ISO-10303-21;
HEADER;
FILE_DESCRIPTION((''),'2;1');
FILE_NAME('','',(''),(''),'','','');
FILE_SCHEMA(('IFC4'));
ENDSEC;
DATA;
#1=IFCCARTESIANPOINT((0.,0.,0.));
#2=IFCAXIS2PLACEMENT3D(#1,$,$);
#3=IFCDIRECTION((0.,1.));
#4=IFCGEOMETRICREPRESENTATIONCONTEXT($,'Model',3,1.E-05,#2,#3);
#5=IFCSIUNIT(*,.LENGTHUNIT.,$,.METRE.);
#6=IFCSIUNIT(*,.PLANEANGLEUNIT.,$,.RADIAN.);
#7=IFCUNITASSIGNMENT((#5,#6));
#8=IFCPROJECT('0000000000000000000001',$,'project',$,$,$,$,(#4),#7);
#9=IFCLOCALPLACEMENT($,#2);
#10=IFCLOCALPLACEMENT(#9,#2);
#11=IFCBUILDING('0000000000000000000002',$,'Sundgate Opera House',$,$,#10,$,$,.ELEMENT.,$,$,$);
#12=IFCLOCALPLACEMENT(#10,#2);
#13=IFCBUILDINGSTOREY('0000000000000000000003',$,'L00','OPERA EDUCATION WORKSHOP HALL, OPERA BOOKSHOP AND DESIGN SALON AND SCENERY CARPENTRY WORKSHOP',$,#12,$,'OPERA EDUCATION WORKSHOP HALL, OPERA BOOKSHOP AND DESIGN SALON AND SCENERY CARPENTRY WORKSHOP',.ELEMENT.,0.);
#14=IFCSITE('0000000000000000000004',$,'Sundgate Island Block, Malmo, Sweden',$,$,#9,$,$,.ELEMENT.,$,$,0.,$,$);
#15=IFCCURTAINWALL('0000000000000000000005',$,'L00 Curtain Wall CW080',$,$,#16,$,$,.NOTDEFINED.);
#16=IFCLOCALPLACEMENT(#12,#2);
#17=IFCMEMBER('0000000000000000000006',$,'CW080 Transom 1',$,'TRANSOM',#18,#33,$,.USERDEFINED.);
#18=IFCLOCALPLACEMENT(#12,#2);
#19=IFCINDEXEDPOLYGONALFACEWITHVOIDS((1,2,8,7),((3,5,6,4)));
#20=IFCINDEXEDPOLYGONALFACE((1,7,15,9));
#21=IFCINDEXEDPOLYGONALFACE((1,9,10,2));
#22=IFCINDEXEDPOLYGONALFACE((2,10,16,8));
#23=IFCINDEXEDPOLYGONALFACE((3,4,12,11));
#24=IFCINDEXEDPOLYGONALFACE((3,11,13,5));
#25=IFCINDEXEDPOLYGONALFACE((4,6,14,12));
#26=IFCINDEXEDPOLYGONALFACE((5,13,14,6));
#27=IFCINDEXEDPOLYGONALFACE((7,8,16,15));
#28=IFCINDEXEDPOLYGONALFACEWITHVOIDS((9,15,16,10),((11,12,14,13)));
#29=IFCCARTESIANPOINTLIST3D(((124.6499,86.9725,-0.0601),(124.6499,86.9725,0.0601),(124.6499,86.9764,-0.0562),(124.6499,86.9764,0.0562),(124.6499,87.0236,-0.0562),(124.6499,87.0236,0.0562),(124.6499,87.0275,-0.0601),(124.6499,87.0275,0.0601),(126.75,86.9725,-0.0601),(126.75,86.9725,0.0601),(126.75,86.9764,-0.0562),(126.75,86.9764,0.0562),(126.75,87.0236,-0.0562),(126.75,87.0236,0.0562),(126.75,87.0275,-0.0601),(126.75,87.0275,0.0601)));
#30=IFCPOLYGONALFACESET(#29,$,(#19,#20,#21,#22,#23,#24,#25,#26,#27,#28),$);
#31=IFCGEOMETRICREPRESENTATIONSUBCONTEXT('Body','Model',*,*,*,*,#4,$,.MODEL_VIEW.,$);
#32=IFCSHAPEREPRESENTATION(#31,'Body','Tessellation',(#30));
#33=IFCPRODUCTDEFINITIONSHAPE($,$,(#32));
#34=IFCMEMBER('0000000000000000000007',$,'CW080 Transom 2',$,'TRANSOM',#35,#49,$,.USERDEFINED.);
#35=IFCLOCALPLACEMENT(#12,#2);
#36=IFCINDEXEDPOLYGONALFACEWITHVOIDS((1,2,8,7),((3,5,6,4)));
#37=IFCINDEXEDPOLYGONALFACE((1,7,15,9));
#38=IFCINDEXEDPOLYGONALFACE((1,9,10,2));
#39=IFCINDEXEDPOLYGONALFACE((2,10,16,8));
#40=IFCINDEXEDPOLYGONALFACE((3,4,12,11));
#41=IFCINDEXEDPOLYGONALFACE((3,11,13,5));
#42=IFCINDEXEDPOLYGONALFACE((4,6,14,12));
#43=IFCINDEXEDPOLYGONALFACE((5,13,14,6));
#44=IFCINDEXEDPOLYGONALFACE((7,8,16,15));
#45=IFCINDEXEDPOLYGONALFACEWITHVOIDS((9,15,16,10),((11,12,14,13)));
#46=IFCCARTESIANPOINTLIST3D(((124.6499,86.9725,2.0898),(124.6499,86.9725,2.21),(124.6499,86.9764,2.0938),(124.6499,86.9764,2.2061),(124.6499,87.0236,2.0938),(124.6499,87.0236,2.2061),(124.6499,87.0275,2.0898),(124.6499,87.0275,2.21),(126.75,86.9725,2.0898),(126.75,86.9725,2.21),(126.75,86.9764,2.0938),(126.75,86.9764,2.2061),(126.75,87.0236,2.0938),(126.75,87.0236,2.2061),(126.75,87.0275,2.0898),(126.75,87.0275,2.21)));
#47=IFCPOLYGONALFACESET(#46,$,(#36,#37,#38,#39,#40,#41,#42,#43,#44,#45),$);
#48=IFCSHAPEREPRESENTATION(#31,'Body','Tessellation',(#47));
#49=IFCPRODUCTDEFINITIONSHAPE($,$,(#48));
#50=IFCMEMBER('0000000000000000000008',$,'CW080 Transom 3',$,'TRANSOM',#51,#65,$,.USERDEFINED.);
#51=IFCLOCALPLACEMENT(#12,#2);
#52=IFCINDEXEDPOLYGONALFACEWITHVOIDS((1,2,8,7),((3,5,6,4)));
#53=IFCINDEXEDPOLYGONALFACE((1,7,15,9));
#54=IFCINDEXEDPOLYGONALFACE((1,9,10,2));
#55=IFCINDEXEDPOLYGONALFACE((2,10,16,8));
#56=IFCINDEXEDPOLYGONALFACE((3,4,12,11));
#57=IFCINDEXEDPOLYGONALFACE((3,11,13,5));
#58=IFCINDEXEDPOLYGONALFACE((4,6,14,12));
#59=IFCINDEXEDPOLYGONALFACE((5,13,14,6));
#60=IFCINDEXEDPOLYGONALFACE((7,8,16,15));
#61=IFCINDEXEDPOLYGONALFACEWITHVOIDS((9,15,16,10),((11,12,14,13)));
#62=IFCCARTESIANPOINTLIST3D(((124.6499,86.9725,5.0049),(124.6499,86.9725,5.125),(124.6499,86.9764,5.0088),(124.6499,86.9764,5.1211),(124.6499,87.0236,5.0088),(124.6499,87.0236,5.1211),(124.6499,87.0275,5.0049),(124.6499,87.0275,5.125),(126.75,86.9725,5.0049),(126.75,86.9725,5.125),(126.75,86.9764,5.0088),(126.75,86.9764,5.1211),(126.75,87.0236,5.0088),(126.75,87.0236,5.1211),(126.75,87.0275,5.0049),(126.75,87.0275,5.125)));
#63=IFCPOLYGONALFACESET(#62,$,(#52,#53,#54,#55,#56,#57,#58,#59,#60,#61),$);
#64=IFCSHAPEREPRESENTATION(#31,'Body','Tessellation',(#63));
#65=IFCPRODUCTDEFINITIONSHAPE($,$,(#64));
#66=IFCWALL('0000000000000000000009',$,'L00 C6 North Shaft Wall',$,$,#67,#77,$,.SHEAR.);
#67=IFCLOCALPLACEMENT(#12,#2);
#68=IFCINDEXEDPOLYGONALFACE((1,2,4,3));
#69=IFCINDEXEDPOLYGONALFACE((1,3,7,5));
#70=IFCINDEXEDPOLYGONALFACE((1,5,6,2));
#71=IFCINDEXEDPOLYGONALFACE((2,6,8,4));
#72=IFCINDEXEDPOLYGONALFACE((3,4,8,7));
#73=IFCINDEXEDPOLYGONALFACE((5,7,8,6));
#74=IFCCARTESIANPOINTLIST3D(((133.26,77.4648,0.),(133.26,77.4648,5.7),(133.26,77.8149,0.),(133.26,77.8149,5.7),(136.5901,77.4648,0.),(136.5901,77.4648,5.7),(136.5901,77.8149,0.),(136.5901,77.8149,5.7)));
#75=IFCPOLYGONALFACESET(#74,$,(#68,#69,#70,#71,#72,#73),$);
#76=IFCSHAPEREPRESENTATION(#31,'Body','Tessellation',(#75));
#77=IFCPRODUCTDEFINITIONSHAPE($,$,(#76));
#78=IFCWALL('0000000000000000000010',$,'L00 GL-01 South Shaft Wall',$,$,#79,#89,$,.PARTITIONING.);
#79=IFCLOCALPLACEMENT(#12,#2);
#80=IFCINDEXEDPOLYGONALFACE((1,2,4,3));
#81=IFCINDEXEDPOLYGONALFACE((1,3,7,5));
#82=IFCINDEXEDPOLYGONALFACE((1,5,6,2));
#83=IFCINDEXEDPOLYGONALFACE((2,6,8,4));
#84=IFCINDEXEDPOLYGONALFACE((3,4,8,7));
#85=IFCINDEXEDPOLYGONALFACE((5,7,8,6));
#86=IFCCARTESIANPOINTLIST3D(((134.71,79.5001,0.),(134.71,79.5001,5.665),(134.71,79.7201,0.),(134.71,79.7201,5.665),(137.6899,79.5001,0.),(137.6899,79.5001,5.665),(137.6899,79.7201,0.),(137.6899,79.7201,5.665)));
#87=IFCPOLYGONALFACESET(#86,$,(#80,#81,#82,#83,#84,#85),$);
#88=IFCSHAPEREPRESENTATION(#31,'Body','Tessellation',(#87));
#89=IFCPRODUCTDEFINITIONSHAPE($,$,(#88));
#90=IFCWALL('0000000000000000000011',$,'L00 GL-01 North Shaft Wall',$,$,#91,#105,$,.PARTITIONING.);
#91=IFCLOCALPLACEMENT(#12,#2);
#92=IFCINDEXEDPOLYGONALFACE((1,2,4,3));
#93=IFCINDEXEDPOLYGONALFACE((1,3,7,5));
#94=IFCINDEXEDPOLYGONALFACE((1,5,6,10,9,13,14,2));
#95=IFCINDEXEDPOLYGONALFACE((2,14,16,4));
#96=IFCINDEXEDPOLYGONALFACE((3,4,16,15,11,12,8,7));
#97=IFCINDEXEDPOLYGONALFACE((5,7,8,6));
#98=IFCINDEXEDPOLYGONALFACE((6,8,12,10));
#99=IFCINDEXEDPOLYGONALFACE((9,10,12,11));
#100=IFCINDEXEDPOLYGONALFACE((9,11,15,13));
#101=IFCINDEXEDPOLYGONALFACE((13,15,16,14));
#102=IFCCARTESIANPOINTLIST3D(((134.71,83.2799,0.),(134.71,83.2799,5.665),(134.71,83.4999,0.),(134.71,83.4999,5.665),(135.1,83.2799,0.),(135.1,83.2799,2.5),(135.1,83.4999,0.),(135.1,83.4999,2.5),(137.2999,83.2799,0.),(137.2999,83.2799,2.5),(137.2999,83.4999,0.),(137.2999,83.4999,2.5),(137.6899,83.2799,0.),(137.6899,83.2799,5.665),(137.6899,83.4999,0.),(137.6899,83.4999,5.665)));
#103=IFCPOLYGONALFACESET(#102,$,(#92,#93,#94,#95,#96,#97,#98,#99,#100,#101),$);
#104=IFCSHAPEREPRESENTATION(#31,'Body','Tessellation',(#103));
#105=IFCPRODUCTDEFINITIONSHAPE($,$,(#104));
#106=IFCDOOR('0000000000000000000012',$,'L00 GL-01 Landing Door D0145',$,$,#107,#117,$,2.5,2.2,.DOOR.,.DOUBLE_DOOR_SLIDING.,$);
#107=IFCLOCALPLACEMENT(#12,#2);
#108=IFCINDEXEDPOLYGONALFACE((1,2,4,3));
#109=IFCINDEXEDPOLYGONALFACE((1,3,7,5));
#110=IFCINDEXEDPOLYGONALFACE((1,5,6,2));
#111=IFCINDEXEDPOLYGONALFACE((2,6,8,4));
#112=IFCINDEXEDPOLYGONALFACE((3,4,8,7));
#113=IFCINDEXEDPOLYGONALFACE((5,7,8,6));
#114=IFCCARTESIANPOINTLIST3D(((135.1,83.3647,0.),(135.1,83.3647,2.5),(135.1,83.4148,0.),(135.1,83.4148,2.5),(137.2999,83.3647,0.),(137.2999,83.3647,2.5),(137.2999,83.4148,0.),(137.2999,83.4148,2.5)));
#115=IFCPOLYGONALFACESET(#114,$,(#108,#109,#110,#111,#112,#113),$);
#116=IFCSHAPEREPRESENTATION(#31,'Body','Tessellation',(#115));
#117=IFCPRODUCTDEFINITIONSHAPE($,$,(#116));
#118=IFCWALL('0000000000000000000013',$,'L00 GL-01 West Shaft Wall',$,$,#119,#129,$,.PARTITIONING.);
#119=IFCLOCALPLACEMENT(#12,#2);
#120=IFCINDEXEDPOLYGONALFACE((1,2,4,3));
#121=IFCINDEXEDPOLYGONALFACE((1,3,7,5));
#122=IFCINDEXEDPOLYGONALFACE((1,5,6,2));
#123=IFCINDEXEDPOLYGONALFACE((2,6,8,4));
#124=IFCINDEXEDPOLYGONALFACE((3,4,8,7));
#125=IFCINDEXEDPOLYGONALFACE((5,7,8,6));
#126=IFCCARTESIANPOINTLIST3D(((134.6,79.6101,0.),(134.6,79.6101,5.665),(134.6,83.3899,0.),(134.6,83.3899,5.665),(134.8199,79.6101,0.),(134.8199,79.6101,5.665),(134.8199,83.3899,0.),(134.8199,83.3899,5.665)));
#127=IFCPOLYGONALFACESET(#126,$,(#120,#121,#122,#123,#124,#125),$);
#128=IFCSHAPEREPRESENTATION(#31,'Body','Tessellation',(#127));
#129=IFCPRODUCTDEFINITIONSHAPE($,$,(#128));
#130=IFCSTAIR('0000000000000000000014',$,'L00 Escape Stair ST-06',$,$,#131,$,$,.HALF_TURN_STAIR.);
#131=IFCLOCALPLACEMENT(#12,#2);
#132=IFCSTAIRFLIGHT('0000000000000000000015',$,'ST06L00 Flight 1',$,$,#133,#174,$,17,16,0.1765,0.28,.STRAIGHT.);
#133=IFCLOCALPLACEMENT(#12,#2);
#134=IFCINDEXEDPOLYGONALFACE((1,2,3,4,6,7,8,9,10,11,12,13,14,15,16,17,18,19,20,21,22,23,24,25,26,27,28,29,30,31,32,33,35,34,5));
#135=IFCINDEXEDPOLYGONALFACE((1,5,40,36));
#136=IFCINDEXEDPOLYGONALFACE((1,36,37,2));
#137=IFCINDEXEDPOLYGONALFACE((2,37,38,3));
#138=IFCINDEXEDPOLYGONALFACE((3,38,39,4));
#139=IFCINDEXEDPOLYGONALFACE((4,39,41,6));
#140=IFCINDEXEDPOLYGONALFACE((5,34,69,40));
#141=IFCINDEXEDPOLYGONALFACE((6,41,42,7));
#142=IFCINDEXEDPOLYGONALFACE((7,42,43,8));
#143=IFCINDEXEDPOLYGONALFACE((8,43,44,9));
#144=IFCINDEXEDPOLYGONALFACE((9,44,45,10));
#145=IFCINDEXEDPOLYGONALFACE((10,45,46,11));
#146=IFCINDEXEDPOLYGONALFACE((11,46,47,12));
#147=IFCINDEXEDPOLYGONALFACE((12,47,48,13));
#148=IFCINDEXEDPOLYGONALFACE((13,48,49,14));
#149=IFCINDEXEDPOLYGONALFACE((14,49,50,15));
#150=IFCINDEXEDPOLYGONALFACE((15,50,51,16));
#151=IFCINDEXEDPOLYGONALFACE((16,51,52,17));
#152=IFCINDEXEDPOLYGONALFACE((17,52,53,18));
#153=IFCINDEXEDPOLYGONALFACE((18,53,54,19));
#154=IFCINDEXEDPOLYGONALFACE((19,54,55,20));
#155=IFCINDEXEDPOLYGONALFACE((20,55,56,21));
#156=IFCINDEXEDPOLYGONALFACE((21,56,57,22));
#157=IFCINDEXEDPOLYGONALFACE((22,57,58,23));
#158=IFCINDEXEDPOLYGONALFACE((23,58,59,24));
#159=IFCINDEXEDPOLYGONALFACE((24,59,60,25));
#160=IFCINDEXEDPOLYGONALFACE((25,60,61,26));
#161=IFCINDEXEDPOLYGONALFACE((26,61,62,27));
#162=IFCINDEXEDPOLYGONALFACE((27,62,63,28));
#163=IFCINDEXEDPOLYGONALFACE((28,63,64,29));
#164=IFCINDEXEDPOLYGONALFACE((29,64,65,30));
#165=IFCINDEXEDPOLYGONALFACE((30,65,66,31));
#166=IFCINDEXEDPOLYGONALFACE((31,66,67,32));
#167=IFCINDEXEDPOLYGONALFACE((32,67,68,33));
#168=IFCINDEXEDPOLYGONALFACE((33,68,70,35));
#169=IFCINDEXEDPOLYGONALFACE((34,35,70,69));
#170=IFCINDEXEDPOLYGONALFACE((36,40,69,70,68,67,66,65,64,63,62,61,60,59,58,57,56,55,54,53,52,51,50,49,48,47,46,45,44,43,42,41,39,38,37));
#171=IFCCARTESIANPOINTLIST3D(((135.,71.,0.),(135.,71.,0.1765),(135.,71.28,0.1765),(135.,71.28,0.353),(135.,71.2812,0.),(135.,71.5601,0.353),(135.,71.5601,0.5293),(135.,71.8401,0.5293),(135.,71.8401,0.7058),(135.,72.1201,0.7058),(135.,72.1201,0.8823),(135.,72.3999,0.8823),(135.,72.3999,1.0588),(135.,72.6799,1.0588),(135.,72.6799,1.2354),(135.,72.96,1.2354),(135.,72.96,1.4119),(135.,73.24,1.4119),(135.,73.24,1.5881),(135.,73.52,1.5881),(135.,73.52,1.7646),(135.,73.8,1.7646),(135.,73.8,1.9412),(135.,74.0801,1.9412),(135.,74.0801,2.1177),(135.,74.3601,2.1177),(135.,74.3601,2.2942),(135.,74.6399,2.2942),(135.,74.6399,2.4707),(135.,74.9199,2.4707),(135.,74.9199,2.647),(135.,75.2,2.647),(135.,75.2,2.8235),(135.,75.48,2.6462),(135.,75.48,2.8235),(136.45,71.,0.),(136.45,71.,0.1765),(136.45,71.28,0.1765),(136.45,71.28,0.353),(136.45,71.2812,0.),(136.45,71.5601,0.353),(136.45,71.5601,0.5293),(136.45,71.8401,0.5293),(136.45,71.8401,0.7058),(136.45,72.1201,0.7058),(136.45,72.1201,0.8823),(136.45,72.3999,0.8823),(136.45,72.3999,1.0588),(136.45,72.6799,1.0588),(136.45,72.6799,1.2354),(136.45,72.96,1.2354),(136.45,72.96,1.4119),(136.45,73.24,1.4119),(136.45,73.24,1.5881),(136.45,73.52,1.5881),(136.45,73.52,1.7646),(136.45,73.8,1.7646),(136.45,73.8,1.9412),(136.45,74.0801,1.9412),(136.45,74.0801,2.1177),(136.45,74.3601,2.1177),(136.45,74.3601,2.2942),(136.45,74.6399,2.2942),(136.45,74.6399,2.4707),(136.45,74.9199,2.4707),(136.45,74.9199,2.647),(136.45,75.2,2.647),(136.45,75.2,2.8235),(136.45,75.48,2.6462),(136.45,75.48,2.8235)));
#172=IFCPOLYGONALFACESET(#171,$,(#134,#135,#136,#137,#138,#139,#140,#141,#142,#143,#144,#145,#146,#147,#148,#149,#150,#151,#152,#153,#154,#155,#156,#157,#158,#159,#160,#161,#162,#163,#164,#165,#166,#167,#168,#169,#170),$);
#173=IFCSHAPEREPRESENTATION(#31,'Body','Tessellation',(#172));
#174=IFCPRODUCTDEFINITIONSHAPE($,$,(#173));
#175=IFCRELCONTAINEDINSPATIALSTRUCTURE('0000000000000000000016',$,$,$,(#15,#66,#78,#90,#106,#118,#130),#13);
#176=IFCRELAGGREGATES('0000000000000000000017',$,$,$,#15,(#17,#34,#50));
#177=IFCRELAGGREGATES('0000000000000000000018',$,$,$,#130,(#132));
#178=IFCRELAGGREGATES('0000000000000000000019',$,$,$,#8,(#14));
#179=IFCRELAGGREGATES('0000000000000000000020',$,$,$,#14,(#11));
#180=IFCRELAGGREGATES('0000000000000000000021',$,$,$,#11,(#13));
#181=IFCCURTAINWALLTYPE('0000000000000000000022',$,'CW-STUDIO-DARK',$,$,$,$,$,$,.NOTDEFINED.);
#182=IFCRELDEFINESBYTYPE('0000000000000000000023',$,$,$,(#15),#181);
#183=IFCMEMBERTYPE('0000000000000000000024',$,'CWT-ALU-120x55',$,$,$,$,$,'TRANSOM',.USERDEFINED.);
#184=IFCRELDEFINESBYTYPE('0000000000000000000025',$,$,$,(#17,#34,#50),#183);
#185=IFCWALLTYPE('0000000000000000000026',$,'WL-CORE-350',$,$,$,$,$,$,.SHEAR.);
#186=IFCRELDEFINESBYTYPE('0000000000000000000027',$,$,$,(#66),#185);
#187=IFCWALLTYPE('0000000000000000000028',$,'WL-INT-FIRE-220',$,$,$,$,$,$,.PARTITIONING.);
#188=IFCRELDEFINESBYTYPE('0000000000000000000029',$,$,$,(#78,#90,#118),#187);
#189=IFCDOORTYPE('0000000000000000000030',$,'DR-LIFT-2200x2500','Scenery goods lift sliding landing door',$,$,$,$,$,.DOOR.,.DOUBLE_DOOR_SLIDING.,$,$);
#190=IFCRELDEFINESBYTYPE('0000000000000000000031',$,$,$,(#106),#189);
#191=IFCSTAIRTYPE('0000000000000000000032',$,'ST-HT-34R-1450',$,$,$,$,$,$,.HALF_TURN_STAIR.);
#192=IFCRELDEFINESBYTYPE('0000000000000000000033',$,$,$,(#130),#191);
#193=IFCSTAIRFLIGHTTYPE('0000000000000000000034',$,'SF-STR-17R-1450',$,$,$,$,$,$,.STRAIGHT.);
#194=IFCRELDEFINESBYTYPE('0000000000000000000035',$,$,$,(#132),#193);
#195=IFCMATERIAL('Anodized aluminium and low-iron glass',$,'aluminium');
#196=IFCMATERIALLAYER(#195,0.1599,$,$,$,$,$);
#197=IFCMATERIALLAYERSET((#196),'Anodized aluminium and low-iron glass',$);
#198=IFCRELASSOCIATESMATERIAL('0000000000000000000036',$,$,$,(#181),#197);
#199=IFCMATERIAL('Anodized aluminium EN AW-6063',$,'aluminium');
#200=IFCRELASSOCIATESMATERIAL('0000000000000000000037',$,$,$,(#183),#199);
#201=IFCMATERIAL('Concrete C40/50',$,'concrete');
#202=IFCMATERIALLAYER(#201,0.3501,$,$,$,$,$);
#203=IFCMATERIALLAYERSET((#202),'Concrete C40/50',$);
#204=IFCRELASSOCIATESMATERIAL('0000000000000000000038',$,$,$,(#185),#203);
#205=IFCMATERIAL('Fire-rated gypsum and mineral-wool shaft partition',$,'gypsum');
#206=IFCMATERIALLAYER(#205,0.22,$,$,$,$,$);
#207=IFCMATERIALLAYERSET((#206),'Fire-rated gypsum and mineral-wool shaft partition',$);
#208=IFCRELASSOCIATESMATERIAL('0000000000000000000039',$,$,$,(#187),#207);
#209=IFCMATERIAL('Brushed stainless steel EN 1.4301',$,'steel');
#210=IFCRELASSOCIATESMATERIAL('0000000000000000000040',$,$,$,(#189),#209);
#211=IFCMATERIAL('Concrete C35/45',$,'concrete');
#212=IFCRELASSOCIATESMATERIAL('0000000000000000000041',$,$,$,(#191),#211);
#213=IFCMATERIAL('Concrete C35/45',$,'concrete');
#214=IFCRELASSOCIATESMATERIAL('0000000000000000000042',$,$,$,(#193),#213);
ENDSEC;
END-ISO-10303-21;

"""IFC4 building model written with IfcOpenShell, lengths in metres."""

from ifc_helpers import new_model, si_unit, direction, frame, frame_2d, origin, origin_2d, place, context, subcontext, project, spatial, polyline, rectangle, hollow_rectangle, outline, extrude, material, layer, layer_set, material_profile, profile_set, type_object, element, fill, aggregate, save


model = new_model("IFC4")

# Units and contexts
model_context = context("Model", 3, precision=1e-05, world=origin(), true_north=direction((0.0, 1.0)))
body_context = subcontext(model_context, "Body", "Model", "MODEL_VIEW")
ifc_project = project(units=[si_unit("LENGTHUNIT", "METRE"), si_unit("PLANEANGLEUNIT", "RADIAN")], contexts=[model_context])

# Site, building, storey
site_placement = place(None, origin())
site = spatial("IfcSite", under=ifc_project, at=site_placement, Name="Sundgate Island Block, Malmo, Sweden", CompositionType="ELEMENT", RefElevation=0.0)
building_placement = place(site_placement, origin())
building = spatial("IfcBuilding", under=site, at=building_placement, Name="Sundgate Opera House", CompositionType="ELEMENT")
storey_placement = place(building_placement, origin())
storey = spatial("IfcBuildingStorey", under=building, at=storey_placement, Name="L00", Description="OPERA EDUCATION WORKSHOP HALL, OPERA BOOKSHOP AND DESIGN SALON AND SCENERY CARPENTRY WORKSHOP", LongName="OPERA EDUCATION WORKSHOP HALL, OPERA BOOKSHOP AND DESIGN SALON AND SCENERY CARPENTRY WORKSHOP", CompositionType="ELEMENT", Elevation=0.0)

# Curtain wall, members
ifc_material_1 = material(Name="Anodized aluminium and low-iron glass", Category="aluminium")
ifc_layer_1 = layer(ifc_material_1, 0.1599)
ifc_layer_set_1 = layer_set([ifc_layer_1], Name="Anodized aluminium and low-iron glass")
curtain_wall_type = type_object("IfcCurtainWallType", Name="CW-STUDIO-DARK", PredefinedType="NOTDEFINED", material=ifc_layer_set_1)
curtain_wall_placement = place(storey_placement, origin())
curtain_wall = element("IfcCurtainWall", 1, at=curtain_wall_placement, inside=storey, type_object=curtain_wall_type, Name="L00 Curtain Wall CW080", PredefinedType="NOTDEFINED")
ifc_material_2 = material(Name="Anodized aluminium EN AW-6063", Category="aluminium")
ifc_material_profile_1 = material_profile(ifc_material_2, hollow_rectangle(XDim=0.0549, YDim=0.1201, WallThickness=0.0039, at=origin_2d()), Name="CWT 120x55x4")
ifc_profile_set_1 = profile_set([ifc_material_profile_1], Name="Anodized aluminium EN AW-6063")
member_type_1 = type_object("IfcMemberType", Name="CWT-ALU-120x55", ElementType="TRANSOM", PredefinedType="USERDEFINED", material=ifc_profile_set_1)
member_1_placement = place(storey_placement, frame((124.6499, 87.0, 0.0), z_axis=(1.0, 0.0, 0.0), x_axis=(0.0, 1.0, 0.0)))
member_1 = element("IfcMember", 2, at=member_1_placement, type_object=member_type_1, Name="CW080 Transom 1", ObjectType="TRANSOM", PredefinedType="USERDEFINED", context=body_context, shape_type="SweptSolid", body=[
    extrude(hollow_rectangle(XDim=0.0549, YDim=0.1201, WallThickness=0.0039, at=origin_2d()), origin(), (0.0, 0.0, 1.0), 2.1001),
])
member_2_placement = place(storey_placement, frame((124.6499, 87.0, 2.1499), z_axis=(1.0, 0.0, 0.0), x_axis=(0.0, 1.0, 0.0)))
member_2 = element("IfcMember", 3, at=member_2_placement, type_object=member_type_1, Name="CW080 Transom 2", ObjectType="TRANSOM", PredefinedType="USERDEFINED", context=body_context, shape_type="SweptSolid", body=[
    extrude(hollow_rectangle(XDim=0.0549, YDim=0.1201, WallThickness=0.0039, at=origin_2d()), origin(), (0.0, 0.0, 1.0), 2.1001),
])
member_3_placement = place(storey_placement, frame((124.6499, 87.0, 5.0649), z_axis=(1.0, 0.0, 0.0), x_axis=(0.0, 1.0, 0.0)))
member_3 = element("IfcMember", 4, at=member_3_placement, type_object=member_type_1, Name="CW080 Transom 3", ObjectType="TRANSOM", PredefinedType="USERDEFINED", context=body_context, shape_type="SweptSolid", body=[
    extrude(hollow_rectangle(XDim=0.0549, YDim=0.1201, WallThickness=0.0039, at=origin_2d()), origin(), (0.0, 0.0, 1.0), 2.1001),
])
aggregate(curtain_wall, [member_1, member_2, member_3])

# Walls
ifc_material_3 = material(Name="Concrete C40/50", Category="concrete")
ifc_layer_2 = layer(ifc_material_3, 0.3501)
ifc_layer_set_2 = layer_set([ifc_layer_2], Name="Concrete C40/50")
wall_type_1 = type_object("IfcWallType", Name="WL-CORE-350", PredefinedType="SHEAR", material=ifc_layer_set_2)
wall_1_placement = place(storey_placement, frame((133.26, 77.6399, 0.0), z_axis=(0.0, 0.0, 1.0), x_axis=(1.0, 0.0, 0.0)))
element("IfcWall", 5, at=wall_1_placement, inside=storey, type_object=wall_type_1, Name="L00 C6 North Shaft Wall", PredefinedType="SHEAR", context=body_context, shape_type="SweptSolid", body=[
    extrude(rectangle(XDim=3.3301, YDim=0.3501, at=frame_2d((1.665, 0.0))), origin(), (0.0, 0.0, 1.0), 5.7),
])
ifc_material_4 = material(Name="Fire-rated gypsum and mineral-wool shaft partition", Category="gypsum")
ifc_layer_3 = layer(ifc_material_4, 0.22)
ifc_layer_set_3 = layer_set([ifc_layer_3], Name="Fire-rated gypsum and mineral-wool shaft partition")
wall_type_2 = type_object("IfcWallType", Name="WL-INT-FIRE-220", PredefinedType="PARTITIONING", material=ifc_layer_set_3)
wall_2_placement = place(storey_placement, frame((134.71, 79.6101, 0.0), z_axis=(0.0, 0.0, 1.0), x_axis=(1.0, 0.0, 0.0)))
element("IfcWall", 6, at=wall_2_placement, inside=storey, type_object=wall_type_2, Name="L00 GL-01 South Shaft Wall", PredefinedType="PARTITIONING", context=body_context, shape_type="SweptSolid", body=[
    extrude(rectangle(XDim=2.98, YDim=0.22, at=frame_2d((1.49, 0.0))), origin(), (0.0, 0.0, 1.0), 5.665),
])

# Wall, opening, door
wall_3_placement = place(storey_placement, frame((134.71, 83.3899, 0.0), z_axis=(0.0, 0.0, 1.0), x_axis=(1.0, 0.0, 0.0)))
wall_3 = element("IfcWall", 7, at=wall_3_placement, inside=storey, type_object=wall_type_2, Name="L00 GL-01 North Shaft Wall", PredefinedType="PARTITIONING", context=body_context, shape_type="SweptSolid", body=[
    extrude(rectangle(XDim=2.98, YDim=0.22, at=frame_2d((1.49, 0.0))), origin(), (0.0, 0.0, 1.0), 5.665),
])
opening_placement = place(wall_3_placement, frame((0.3899, 0.0, 0.0)))
opening = element("IfcOpeningElement", 8, at=opening_placement, cuts=wall_3, PredefinedType="OPENING", context=body_context, shape_type="SweptSolid", body=[
    extrude(rectangle(XDim=2.2, YDim=2.5, at=frame_2d((1.1001, 1.25))), frame((0.0, 0.1199, 0.0), z_axis=(0.0, -1.0, 0.0), x_axis=(1.0, 0.0, 0.0)), (0.0, 0.0, 1.0), 0.24),
])
ifc_material_5 = material(Name="Brushed stainless steel EN 1.4301", Category="steel")
door_type = type_object("IfcDoorType", Name="DR-LIFT-2200x2500", Description="Scenery goods lift sliding landing door", OperationType="DOUBLE_DOOR_SLIDING", PredefinedType="DOOR", material=ifc_material_5)
door_placement = place(opening_placement, origin())
door = element("IfcDoor", 9, at=door_placement, inside=storey, type_object=door_type, Name="L00 GL-01 Landing Door D0145", OperationType="DOUBLE_DOOR_SLIDING", OverallHeight=2.5, OverallWidth=2.2, PredefinedType="DOOR", context=body_context, shape_type="SweptSolid", body=[
    extrude(rectangle(XDim=2.2, YDim=2.5, at=frame_2d((1.1001, 1.25))), frame((0.0, 0.0249, 0.0), z_axis=(0.0, -1.0, 0.0), x_axis=(1.0, 0.0, 0.0)), (0.0, 0.0, 1.0), 0.05),
])
fill(opening, door)

# Wall
wall_4_placement = place(storey_placement, frame((134.71, 79.6101, 0.0), z_axis=(0.0, 0.0, 1.0), x_axis=(0.0, 1.0, 0.0)))
element("IfcWall", 10, at=wall_4_placement, inside=storey, type_object=wall_type_2, Name="L00 GL-01 West Shaft Wall", PredefinedType="PARTITIONING", context=body_context, shape_type="SweptSolid", body=[
    extrude(rectangle(XDim=3.7798, YDim=0.22, at=frame_2d((1.8899, 0.0))), origin(), (0.0, 0.0, 1.0), 5.665),
])

# Stair, stair flight
ifc_material_6 = material(Name="Concrete C35/45", Category="concrete")
stair_type = type_object("IfcStairType", Name="ST-HT-34R-1450", PredefinedType="HALF_TURN_STAIR", material=ifc_material_6)
stair_placement = place(storey_placement, origin())
stair = element("IfcStair", 11, at=stair_placement, inside=storey, type_object=stair_type, Name="L00 Escape Stair ST-06", PredefinedType="HALF_TURN_STAIR")
ifc_material_7 = material(Name="Concrete C35/45", Category="concrete")
stair_flight_type = type_object("IfcStairFlightType", Name="SF-STR-17R-1450", PredefinedType="STRAIGHT", material=ifc_material_7)
stair_flight_1_placement = place(storey_placement, frame((135.7251, 71.0, 0.0), z_axis=(0.0, 0.0, 1.0), x_axis=(0.0, 1.0, 0.0)))
stair_flight_1 = element("IfcStairFlight", 12, at=stair_flight_1_placement, type_object=stair_flight_type, Name="ST06L00 Flight 1", NumberOfRisers=17, NumberOfTreads=16, PredefinedType="STRAIGHT", RiserHeight=0.1765, TreadLength=0.28, context=body_context, shape_type="SweptSolid", body=[
    extrude(outline(polyline([(0.0, 0.0), (0.0, 0.1765), (0.28, 0.1765), (0.28, 0.353), (0.5601, 0.353), (0.5601, 0.5293), (0.8401, 0.5293), (0.8401, 0.7058), (1.1201, 0.7058), (1.1201, 0.8823), (1.3999, 0.8823), (1.3999, 1.0588), (1.6799, 1.0588), (1.6799, 1.2354), (1.96, 1.2354), (1.96, 1.4119), (2.24, 1.4119), (2.24, 1.5881), (2.52, 1.5881), (2.52, 1.7646), (2.8, 1.7646), (2.8, 1.9412), (3.0801, 1.9412), (3.0801, 2.1177), (3.3601, 2.1177), (3.3601, 2.2942), (3.6399, 2.2942), (3.6399, 2.4707), (3.9199, 2.4707), (3.9199, 2.647), (4.2, 2.647), (4.2, 2.8235), (4.48, 2.8235), (4.48, 3.0), (4.48, 2.6462), (0.2812, 0.0), (0.0, 0.0)])), frame((0.0, 0.7251, 0.0), z_axis=(0.0, -1.0, 0.0), x_axis=(1.0, 0.0, 0.0)), (0.0, 0.0, 1.0), 1.45),
])
aggregate(stair, [stair_flight_1])

save(model, "model.ifc")
